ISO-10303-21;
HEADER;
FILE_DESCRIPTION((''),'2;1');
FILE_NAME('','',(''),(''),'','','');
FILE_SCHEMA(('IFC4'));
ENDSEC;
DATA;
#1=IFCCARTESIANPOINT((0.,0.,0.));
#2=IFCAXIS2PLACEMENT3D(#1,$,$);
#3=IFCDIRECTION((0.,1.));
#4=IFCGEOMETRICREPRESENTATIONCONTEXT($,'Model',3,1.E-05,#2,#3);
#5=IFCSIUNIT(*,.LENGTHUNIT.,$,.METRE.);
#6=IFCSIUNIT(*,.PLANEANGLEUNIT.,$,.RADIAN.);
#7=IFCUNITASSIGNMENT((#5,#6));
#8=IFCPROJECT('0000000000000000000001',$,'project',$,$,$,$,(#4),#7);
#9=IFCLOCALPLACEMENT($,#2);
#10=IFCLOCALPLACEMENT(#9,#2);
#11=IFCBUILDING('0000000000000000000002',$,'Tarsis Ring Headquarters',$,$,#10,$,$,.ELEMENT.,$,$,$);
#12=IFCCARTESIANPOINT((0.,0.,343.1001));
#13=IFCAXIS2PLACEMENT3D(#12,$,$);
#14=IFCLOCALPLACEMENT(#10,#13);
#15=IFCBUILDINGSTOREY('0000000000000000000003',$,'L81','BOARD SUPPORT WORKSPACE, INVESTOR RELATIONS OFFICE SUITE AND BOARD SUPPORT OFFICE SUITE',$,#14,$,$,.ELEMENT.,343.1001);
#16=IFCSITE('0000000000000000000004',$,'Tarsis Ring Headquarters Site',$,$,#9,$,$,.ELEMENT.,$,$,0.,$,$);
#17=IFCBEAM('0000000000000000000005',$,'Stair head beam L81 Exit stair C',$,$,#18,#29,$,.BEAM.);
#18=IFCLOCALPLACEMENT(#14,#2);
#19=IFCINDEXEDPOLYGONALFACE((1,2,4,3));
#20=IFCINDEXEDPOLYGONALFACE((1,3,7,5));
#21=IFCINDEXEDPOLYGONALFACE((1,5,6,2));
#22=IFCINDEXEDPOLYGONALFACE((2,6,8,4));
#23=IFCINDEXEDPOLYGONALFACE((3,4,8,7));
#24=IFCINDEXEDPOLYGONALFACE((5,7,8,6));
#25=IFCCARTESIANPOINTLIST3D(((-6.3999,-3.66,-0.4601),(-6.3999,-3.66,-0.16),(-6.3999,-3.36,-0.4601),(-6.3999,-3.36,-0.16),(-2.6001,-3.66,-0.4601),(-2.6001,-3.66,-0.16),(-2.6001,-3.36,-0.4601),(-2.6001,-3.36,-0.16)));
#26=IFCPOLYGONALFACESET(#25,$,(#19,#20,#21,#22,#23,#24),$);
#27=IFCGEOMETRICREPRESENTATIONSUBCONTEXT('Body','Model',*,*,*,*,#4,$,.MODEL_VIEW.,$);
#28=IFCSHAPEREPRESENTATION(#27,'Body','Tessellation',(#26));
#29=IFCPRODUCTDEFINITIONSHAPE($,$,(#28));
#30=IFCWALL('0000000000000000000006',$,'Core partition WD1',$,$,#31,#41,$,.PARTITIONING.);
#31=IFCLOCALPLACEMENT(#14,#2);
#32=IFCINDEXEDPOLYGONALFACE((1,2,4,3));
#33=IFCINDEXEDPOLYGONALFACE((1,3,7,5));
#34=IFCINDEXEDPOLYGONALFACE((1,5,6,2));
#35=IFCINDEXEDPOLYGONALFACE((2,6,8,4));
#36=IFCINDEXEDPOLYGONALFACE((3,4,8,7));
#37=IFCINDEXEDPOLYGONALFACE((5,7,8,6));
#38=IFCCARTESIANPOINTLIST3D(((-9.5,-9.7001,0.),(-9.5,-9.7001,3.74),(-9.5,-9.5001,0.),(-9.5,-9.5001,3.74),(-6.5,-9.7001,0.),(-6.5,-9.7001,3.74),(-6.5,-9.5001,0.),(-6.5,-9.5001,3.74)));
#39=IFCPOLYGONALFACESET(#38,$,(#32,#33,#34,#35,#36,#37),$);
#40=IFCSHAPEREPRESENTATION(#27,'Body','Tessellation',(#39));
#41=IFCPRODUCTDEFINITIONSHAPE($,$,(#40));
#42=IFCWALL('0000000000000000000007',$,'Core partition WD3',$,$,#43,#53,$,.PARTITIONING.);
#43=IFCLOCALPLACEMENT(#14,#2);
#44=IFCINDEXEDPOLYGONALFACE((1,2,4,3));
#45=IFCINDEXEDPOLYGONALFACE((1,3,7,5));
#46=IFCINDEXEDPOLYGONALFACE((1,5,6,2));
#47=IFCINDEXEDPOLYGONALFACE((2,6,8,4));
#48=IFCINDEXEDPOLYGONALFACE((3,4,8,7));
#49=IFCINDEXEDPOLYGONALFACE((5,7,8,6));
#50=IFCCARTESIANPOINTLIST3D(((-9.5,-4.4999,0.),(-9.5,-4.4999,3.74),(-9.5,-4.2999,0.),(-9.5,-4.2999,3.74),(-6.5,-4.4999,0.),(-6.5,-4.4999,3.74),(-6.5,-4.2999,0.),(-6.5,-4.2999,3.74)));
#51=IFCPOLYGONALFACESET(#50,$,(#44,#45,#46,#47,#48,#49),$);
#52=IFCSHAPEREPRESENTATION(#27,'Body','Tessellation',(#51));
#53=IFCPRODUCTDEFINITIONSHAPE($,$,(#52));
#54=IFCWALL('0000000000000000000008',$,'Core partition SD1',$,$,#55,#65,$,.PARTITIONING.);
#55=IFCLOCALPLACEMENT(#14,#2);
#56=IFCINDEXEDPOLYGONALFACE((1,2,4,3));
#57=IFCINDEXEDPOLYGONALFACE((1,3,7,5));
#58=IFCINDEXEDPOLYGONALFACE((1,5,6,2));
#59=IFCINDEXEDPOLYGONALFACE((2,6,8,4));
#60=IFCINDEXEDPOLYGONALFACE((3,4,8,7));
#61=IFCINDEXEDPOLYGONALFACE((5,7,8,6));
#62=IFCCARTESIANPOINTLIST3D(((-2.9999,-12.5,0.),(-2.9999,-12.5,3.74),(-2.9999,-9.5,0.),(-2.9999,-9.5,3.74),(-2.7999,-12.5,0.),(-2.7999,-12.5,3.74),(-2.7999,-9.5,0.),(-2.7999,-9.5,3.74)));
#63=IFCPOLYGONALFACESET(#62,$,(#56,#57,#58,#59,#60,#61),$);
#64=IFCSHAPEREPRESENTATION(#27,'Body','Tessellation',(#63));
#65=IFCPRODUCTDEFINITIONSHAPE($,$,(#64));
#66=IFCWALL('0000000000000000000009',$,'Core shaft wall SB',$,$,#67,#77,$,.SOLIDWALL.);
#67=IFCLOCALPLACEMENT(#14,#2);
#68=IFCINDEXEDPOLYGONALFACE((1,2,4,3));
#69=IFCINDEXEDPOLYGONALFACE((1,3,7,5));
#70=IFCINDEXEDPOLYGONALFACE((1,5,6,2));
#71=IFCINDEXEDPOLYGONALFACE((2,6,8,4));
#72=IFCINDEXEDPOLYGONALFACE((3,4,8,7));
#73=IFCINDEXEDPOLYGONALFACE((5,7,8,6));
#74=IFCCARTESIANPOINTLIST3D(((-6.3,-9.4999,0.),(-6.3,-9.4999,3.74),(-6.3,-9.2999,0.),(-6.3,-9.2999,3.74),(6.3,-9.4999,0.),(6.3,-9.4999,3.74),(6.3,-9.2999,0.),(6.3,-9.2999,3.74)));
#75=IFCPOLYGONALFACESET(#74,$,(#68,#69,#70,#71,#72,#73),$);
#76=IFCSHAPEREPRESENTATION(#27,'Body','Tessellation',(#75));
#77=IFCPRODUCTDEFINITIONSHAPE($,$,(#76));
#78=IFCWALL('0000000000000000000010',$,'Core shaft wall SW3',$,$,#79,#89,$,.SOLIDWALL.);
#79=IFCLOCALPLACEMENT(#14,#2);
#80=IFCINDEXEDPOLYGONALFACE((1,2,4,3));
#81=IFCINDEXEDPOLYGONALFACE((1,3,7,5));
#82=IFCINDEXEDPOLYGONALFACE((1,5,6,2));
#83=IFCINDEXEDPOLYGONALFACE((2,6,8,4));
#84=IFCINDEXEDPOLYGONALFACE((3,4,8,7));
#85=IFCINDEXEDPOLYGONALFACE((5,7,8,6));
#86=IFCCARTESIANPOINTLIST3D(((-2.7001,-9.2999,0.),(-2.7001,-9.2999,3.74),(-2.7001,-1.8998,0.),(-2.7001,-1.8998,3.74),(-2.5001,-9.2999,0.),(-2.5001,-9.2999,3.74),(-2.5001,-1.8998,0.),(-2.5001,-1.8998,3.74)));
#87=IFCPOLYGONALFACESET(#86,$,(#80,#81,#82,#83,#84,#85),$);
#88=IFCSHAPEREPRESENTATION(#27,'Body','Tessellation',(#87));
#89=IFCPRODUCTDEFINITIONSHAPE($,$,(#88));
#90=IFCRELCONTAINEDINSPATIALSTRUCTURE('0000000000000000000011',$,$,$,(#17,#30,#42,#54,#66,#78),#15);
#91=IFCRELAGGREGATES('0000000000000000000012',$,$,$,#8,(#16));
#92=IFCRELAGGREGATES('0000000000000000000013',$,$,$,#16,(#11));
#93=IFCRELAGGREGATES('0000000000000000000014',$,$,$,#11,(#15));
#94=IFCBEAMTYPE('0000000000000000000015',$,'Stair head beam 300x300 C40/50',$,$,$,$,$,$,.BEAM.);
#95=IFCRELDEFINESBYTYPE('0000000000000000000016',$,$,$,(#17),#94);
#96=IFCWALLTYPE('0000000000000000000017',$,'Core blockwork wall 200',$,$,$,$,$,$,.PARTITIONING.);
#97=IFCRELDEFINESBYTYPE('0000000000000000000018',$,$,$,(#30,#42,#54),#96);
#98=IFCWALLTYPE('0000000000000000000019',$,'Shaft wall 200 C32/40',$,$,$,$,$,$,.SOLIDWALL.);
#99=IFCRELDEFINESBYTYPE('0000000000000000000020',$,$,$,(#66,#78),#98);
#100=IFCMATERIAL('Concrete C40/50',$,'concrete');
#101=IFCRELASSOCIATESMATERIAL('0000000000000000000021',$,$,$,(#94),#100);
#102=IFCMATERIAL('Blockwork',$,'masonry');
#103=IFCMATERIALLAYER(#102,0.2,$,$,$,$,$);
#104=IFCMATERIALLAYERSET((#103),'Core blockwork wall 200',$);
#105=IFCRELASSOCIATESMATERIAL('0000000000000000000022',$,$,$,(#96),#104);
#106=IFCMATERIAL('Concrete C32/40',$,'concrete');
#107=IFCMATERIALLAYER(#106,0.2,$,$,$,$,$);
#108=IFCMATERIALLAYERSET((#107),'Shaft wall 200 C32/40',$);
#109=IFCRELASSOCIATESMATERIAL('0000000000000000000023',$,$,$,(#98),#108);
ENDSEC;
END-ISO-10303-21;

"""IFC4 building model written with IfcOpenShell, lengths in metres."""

from ifc_helpers import new_model, si_unit, direction, frame, frame_2d, origin, origin_2d, place, context, subcontext, project, spatial, rectangle, extrude, material, layer, layer_set, material_profile, profile_set, type_object, element, save


model = new_model("IFC4")

# Units and contexts
model_context = context("Model", 3, precision=1e-05, world=origin(), true_north=direction((0.0, 1.0)))
body_context = subcontext(model_context, "Body", "Model", "MODEL_VIEW")
ifc_project = project(units=[si_unit("LENGTHUNIT", "METRE"), si_unit("PLANEANGLEUNIT", "RADIAN")], contexts=[model_context])

# Site, building, storey
site_placement = place(None, origin())
site = spatial("IfcSite", under=ifc_project, at=site_placement, Name="Tarsis Ring Headquarters Site", CompositionType="ELEMENT", RefElevation=0.0)
building_placement = place(site_placement, origin())
building = spatial("IfcBuilding", under=site, at=building_placement, Name="Tarsis Ring Headquarters", CompositionType="ELEMENT")
storey_placement = place(building_placement, frame((0.0, 0.0, 343.1001)))
storey = spatial("IfcBuildingStorey", under=building, at=storey_placement, Name="L81", Description="BOARD SUPPORT WORKSPACE, INVESTOR RELATIONS OFFICE SUITE AND BOARD SUPPORT OFFICE SUITE", CompositionType="ELEMENT", Elevation=343.1001)

# Beam
ifc_material_1 = material(Name="Concrete C40/50", Category="concrete")
ifc_material_profile = material_profile(ifc_material_1, rectangle(XDim=0.3, YDim=0.3, at=origin_2d()), Name="Stair head beam 300x300 C40/50")
ifc_profile_set = profile_set([ifc_material_profile], Name="Concrete C40/50")
beam_type = type_object("IfcBeamType", Name="Stair head beam 300x300 C40/50", PredefinedType="BEAM", material=ifc_profile_set)
beam_placement = place(storey_placement, frame((-6.3999, -3.51, -0.3101), z_axis=(1.0, 0.0, 0.0), x_axis=(0.0, 1.0, 0.0)))
element("IfcBeam", 1, at=beam_placement, inside=storey, type_object=beam_type, Name="Stair head beam L81 Exit stair C", PredefinedType="BEAM", context=body_context, shape_type="SweptSolid", body=[
    extrude(rectangle(XDim=0.3, YDim=0.3, at=origin_2d()), origin(), (0.0, 0.0, 1.0), 3.7998),
])

# Walls
ifc_material_2 = material(Name="Blockwork", Category="masonry")
ifc_layer_1 = layer(ifc_material_2, 0.2)
ifc_layer_set_1 = layer_set([ifc_layer_1], Name="Core blockwork wall 200")
wall_type_1 = type_object("IfcWallType", Name="Core blockwork wall 200", PredefinedType="PARTITIONING", material=ifc_layer_set_1)
for number, where, z_axis, x_axis, name in (
    (2, (-9.5, -9.6001, 0.0), (0.0, 0.0, 1.0), (1.0, 0.0, 0.0), "Core partition WD1"),
    (3, (-9.5, -4.3999, 0.0), (0.0, 0.0, 1.0), (1.0, 0.0, 0.0), "Core partition WD3"),
    (4, (-2.8999, -12.5, 0.0), (0.0, 0.0, 1.0), (0.0, 1.0, 0.0), "Core partition SD1"),
):
    element("IfcWall", number, at=place(storey_placement, frame(where, z_axis=z_axis, x_axis=x_axis)), inside=storey, type_object=wall_type_1, Name=name, PredefinedType="PARTITIONING", context=body_context, shape_type="SweptSolid", body=[
        extrude(rectangle(XDim=3.0, YDim=0.2, at=frame_2d((1.5, 0.0))), origin(), (0.0, 0.0, 1.0), 3.74),
    ])
ifc_material_3 = material(Name="Concrete C32/40", Category="concrete")
ifc_layer_2 = layer(ifc_material_3, 0.2)
ifc_layer_set_2 = layer_set([ifc_layer_2], Name="Shaft wall 200 C32/40")
wall_type_2 = type_object("IfcWallType", Name="Shaft wall 200 C32/40", PredefinedType="SOLIDWALL", material=ifc_layer_set_2)
wall_1_placement = place(storey_placement, frame((-6.3, -9.3999, 0.0), z_axis=(0.0, 0.0, 1.0), x_axis=(1.0, 0.0, 0.0)))
element("IfcWall", 5, at=wall_1_placement, inside=storey, type_object=wall_type_2, Name="Core shaft wall SB", PredefinedType="SOLIDWALL", context=body_context, shape_type="SweptSolid", body=[
    extrude(rectangle(XDim=12.6001, YDim=0.2, at=frame_2d((6.3, 0.0))), origin(), (0.0, 0.0, 1.0), 3.74),
])
wall_2_placement = place(storey_placement, frame((-2.6001, -9.3, 0.0), z_axis=(0.0, 0.0, 1.0), x_axis=(0.0, 1.0, 0.0)))
element("IfcWall", 6, at=wall_2_placement, inside=storey, type_object=wall_type_2, Name="Core shaft wall SW3", PredefinedType="SOLIDWALL", context=body_context, shape_type="SweptSolid", body=[
    extrude(rectangle(XDim=7.4001, YDim=0.2, at=frame_2d((3.7002, 0.0))), origin(), (0.0, 0.0, 1.0), 3.74),
])

save(model, "model.ifc")
